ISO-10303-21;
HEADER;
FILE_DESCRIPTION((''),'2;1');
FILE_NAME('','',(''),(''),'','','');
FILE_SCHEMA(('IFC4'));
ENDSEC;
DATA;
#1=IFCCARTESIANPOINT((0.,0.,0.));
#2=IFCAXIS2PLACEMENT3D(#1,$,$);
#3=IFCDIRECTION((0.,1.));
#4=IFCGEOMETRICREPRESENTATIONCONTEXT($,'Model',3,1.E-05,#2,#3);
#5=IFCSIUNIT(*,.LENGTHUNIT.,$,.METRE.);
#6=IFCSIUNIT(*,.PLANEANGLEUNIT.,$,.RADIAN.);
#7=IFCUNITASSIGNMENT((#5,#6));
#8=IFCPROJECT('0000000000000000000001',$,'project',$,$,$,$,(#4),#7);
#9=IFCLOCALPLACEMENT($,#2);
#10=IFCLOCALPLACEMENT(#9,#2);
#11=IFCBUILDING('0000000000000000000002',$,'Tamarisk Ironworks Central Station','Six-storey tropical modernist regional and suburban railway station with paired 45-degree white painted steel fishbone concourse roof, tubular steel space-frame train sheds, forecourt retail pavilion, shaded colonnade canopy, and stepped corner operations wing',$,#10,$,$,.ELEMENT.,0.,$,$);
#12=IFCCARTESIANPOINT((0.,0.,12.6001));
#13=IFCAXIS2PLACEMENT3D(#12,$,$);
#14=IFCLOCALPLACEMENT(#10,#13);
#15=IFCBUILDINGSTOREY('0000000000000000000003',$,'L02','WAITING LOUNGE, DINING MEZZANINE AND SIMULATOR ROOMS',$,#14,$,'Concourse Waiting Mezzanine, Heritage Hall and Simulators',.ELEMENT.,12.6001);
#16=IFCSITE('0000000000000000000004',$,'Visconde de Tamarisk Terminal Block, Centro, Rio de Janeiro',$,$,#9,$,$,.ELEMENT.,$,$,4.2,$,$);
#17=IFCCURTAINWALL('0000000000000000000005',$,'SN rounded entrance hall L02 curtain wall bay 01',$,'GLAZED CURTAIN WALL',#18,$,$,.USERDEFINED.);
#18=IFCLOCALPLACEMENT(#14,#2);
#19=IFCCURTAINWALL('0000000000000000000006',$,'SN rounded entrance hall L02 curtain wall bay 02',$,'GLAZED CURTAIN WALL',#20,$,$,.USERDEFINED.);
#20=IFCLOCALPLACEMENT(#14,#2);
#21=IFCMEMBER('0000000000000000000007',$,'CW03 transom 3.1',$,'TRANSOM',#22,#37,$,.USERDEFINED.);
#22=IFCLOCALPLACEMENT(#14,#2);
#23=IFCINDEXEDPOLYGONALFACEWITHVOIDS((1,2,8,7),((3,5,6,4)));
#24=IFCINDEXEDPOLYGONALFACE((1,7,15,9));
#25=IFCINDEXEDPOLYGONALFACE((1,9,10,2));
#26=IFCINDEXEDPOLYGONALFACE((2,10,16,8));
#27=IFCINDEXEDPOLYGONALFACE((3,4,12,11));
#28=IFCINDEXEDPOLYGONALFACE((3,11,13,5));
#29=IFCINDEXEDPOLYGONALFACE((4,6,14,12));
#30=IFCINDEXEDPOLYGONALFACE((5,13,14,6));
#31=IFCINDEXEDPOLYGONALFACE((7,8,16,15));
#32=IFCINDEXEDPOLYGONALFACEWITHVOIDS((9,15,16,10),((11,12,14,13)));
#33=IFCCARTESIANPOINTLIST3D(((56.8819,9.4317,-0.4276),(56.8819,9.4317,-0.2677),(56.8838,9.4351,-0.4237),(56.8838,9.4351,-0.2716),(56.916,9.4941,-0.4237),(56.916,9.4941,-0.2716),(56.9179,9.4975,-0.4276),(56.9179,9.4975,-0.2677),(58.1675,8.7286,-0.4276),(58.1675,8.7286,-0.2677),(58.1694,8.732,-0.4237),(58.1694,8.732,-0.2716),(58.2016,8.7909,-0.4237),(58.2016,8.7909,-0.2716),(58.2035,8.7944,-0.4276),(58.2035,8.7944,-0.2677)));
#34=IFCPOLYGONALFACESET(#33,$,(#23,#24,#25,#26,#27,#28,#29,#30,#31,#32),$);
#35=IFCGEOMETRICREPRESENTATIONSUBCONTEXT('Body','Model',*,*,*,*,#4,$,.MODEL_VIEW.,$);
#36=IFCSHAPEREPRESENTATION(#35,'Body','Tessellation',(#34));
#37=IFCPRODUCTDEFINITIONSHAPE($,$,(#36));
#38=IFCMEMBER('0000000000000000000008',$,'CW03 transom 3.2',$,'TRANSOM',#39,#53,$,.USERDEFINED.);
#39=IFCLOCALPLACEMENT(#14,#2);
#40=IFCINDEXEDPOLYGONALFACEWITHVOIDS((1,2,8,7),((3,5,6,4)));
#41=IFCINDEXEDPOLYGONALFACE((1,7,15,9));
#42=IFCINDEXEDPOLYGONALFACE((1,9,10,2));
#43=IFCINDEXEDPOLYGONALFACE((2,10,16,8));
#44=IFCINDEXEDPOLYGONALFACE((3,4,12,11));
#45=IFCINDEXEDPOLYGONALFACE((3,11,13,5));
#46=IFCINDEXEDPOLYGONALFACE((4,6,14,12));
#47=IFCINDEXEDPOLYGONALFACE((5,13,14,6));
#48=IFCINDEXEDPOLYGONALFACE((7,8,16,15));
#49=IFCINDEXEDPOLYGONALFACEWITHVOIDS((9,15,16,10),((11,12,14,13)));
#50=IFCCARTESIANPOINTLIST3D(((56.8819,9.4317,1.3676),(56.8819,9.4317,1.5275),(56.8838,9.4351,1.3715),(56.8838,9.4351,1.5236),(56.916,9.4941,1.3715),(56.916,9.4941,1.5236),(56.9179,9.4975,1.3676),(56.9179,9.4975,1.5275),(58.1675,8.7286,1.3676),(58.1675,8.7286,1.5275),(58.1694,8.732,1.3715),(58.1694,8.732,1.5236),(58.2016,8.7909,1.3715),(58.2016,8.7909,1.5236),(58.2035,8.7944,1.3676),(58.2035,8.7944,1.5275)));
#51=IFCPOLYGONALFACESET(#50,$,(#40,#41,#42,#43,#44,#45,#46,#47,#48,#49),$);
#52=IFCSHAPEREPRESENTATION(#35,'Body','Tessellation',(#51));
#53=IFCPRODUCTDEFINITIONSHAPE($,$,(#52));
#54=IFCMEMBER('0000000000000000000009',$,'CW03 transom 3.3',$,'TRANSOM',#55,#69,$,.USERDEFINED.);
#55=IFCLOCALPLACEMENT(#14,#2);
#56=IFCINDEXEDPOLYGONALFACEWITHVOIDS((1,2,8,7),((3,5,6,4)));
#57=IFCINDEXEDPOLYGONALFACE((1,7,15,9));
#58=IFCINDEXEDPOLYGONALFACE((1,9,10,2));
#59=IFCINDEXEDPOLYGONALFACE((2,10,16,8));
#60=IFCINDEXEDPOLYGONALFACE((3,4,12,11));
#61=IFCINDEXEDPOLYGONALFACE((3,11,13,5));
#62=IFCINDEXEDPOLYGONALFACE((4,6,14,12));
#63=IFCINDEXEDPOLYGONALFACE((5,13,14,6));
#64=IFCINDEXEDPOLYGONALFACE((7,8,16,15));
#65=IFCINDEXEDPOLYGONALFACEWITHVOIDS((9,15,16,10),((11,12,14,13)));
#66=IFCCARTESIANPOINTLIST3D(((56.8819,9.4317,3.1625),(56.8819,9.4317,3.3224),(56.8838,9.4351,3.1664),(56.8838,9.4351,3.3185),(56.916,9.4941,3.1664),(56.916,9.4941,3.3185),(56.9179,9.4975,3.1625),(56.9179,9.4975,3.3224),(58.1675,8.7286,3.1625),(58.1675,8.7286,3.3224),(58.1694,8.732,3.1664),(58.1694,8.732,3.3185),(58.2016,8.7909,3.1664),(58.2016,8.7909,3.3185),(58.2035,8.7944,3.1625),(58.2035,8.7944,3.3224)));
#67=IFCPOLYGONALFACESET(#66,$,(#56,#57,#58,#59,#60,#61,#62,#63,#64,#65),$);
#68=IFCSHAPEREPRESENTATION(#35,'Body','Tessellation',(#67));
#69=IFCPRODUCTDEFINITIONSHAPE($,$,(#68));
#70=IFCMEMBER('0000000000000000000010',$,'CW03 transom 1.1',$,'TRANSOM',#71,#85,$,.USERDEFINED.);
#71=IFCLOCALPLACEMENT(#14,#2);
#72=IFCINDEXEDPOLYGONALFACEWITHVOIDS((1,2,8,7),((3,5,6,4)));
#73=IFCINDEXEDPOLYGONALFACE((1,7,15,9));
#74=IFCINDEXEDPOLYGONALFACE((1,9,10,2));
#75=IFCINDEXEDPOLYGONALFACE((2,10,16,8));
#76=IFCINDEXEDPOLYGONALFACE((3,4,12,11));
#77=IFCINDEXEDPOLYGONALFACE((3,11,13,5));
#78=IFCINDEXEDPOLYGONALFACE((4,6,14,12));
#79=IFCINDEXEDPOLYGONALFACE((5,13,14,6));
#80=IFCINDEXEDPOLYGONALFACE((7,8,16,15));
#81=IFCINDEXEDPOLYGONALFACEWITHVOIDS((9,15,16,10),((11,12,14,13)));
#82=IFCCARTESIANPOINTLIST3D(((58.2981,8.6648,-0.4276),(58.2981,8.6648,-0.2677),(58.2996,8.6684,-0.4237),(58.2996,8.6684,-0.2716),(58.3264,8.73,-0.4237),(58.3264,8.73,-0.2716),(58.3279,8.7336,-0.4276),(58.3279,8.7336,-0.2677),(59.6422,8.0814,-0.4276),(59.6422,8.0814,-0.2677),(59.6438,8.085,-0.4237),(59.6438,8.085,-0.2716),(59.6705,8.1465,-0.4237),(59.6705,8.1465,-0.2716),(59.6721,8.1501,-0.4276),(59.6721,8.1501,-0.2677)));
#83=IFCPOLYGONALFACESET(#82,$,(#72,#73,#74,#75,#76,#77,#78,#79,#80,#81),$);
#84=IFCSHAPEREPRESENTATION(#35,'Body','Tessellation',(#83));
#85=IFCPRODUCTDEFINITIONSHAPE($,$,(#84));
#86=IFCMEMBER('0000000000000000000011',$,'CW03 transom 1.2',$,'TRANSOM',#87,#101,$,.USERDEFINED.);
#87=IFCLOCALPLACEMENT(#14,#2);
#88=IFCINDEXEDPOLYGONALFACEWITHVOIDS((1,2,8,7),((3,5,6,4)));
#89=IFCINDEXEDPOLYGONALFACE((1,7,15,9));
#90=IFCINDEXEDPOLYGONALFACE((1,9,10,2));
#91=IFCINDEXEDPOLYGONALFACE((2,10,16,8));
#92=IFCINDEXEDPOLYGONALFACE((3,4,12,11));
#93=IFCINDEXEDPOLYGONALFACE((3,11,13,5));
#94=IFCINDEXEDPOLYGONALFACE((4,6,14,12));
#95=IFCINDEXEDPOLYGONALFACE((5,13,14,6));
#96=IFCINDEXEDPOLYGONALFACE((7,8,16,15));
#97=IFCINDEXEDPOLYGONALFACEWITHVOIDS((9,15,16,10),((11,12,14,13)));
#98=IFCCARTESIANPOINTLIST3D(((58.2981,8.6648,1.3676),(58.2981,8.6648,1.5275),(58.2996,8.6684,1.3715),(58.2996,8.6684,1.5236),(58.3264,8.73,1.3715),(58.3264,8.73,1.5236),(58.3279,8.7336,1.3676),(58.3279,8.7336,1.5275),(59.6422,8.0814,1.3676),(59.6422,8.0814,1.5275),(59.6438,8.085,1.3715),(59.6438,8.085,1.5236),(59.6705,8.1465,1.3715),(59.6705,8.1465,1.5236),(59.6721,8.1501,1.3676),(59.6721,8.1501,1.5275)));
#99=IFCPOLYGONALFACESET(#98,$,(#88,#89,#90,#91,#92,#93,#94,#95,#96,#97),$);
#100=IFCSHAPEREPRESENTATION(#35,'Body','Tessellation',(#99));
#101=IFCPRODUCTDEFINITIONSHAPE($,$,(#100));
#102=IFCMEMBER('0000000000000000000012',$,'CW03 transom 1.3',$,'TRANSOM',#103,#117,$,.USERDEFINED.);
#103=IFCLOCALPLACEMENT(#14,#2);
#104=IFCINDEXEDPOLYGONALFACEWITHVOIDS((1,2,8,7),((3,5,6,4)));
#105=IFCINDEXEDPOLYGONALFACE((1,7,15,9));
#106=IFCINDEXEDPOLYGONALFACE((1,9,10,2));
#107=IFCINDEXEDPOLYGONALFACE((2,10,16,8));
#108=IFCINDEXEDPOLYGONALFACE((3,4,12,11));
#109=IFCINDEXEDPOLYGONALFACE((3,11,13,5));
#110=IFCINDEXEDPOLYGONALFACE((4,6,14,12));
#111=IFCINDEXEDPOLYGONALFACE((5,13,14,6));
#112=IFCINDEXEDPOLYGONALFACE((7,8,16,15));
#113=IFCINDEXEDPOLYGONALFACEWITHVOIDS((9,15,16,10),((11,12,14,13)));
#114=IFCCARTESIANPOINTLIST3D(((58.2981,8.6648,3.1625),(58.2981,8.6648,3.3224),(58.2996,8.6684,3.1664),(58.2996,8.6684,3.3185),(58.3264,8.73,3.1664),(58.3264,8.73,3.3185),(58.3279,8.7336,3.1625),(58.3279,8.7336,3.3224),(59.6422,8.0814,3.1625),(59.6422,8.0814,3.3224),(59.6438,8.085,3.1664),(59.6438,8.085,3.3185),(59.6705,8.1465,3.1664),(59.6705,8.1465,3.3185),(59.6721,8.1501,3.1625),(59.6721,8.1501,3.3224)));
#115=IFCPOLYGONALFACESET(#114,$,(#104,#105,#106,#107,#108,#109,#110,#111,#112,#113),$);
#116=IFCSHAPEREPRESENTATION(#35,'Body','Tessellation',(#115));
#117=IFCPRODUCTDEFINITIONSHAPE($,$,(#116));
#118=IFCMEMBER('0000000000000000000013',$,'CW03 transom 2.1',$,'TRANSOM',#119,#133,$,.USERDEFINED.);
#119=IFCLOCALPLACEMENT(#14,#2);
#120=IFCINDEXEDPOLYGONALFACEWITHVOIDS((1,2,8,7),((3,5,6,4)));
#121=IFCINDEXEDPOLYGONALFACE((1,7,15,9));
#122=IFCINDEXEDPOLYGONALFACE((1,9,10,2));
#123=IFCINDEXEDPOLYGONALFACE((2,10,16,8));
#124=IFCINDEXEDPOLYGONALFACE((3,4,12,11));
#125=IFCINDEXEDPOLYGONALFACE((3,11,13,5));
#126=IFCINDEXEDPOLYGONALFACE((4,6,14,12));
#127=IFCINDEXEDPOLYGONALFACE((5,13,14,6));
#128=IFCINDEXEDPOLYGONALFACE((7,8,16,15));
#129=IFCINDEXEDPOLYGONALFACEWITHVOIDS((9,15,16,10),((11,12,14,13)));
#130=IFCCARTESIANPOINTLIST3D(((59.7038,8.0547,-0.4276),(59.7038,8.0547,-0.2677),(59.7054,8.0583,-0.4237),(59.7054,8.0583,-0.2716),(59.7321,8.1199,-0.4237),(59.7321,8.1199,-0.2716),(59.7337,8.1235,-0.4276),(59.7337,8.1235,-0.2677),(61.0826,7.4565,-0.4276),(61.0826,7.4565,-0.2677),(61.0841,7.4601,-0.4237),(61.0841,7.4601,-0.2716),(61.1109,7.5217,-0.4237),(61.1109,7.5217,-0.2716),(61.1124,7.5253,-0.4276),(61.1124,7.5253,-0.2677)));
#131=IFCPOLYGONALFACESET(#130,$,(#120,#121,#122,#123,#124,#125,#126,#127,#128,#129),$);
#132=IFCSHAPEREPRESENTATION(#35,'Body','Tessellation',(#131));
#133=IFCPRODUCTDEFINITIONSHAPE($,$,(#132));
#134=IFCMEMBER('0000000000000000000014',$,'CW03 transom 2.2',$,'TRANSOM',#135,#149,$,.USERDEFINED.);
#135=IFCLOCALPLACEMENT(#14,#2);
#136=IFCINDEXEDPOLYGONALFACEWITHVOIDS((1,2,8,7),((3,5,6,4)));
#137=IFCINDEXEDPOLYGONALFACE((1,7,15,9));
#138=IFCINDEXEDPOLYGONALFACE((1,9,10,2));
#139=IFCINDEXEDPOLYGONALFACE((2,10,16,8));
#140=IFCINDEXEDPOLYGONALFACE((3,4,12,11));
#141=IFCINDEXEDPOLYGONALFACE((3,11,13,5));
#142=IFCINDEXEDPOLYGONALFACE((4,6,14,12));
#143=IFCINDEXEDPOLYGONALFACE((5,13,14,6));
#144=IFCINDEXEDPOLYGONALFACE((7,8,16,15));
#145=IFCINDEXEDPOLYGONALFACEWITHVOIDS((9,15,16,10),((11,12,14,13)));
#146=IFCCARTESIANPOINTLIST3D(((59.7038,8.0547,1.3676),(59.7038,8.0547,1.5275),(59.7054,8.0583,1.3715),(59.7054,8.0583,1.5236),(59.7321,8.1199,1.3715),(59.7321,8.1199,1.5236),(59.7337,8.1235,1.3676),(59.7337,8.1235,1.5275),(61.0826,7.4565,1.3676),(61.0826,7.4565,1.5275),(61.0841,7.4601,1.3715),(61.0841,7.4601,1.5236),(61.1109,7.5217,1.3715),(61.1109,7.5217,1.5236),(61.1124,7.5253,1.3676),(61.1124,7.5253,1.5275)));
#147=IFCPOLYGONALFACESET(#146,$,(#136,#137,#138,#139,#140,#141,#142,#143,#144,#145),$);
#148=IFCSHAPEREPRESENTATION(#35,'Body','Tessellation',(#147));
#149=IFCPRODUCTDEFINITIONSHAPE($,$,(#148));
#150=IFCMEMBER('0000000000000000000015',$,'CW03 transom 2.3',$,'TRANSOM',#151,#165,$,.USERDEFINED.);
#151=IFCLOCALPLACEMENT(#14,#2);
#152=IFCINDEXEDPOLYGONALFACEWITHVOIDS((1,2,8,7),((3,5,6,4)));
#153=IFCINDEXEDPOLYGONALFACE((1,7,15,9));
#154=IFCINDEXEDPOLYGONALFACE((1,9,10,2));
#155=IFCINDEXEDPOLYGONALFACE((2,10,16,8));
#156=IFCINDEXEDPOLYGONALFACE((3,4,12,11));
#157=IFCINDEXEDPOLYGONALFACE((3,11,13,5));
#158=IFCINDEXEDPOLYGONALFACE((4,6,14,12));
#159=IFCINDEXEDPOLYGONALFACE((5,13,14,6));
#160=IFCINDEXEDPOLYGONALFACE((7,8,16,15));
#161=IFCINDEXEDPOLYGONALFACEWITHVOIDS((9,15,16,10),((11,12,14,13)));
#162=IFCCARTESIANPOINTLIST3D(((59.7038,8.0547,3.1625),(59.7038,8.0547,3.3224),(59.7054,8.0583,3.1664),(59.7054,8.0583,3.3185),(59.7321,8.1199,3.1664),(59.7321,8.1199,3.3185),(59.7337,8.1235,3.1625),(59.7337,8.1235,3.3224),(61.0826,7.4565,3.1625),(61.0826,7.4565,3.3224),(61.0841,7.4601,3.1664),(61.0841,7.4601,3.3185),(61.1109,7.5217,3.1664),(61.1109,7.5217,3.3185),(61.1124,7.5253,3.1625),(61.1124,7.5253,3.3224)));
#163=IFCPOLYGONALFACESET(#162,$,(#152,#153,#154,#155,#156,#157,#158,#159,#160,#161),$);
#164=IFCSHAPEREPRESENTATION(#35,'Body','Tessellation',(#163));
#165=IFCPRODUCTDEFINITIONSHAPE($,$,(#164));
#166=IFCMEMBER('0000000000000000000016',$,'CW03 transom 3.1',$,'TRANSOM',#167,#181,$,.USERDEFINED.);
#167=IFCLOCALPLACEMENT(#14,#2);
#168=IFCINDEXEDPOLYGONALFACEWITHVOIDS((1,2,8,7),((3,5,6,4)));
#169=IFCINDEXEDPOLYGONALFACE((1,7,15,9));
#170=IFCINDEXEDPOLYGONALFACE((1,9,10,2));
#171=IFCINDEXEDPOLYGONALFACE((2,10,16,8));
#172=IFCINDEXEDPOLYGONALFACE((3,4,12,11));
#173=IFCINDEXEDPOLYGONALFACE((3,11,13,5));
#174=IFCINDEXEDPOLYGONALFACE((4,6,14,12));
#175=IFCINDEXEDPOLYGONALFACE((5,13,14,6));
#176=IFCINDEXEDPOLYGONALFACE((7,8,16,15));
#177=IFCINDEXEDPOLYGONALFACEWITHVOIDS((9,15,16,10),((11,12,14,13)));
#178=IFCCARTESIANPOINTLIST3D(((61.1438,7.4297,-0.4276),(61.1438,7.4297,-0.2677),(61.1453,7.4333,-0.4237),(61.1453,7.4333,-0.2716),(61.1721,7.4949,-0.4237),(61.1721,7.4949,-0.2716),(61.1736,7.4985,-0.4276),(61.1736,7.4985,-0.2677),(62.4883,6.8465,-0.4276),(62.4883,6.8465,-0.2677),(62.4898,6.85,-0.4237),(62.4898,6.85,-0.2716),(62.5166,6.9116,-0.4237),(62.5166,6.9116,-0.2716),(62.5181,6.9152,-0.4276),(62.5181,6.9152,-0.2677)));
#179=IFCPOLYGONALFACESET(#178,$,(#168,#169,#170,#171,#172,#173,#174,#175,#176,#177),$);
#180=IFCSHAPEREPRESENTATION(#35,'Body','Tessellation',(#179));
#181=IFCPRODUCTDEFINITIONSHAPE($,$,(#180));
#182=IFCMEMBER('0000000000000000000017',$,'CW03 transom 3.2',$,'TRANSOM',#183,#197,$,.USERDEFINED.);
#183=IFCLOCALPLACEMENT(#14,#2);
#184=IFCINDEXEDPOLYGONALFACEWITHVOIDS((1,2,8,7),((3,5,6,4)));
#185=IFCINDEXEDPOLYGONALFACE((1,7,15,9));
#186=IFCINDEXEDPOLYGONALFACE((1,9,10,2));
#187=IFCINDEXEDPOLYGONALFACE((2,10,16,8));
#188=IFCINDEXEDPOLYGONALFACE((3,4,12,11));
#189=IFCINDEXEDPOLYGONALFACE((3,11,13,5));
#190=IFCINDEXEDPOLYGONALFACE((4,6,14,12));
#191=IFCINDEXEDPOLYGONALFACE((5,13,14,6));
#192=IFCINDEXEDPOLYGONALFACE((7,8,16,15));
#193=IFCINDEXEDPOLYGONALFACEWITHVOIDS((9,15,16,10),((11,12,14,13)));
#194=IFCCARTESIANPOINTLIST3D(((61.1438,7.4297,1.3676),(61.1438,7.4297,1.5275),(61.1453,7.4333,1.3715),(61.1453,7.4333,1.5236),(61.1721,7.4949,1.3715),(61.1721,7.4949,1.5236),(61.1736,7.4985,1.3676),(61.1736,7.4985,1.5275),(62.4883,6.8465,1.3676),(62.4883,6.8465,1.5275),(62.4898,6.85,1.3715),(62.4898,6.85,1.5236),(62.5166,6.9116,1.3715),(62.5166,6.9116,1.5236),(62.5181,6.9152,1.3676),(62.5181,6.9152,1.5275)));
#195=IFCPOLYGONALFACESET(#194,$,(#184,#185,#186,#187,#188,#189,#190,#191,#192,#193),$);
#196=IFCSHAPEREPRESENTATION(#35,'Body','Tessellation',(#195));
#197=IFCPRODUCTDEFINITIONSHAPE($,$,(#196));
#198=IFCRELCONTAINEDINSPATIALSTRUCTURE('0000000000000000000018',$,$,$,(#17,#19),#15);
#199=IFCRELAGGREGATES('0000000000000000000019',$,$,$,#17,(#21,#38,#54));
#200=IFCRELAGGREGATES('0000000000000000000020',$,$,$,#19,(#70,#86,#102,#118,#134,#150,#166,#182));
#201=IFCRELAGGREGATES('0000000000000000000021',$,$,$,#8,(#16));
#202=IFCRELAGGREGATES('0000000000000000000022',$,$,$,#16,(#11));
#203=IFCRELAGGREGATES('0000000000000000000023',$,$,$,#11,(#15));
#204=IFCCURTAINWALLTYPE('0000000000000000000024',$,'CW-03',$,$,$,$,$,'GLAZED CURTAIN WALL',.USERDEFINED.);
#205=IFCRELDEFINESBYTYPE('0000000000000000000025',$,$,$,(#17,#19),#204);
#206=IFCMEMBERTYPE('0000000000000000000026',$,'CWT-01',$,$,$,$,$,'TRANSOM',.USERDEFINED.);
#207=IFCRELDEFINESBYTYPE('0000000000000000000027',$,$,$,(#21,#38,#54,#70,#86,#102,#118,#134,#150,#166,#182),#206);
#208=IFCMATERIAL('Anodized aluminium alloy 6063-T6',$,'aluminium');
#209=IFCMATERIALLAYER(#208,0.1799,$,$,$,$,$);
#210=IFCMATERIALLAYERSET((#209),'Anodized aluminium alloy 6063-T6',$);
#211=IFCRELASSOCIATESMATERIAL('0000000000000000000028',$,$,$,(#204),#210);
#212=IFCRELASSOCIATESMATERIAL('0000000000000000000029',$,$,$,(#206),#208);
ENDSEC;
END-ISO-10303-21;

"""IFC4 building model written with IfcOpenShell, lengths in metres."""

from ifc_helpers import new_model, si_unit, direction, frame, origin, origin_2d, place, context, subcontext, project, spatial, hollow_rectangle, extrude, material, layer, layer_set, material_profile, profile_set, type_object, element, aggregate, save


model = new_model("IFC4")

# Units and contexts
model_context = context("Model", 3, precision=1e-05, world=origin(), true_north=direction((0.0, 1.0)))
body_context = subcontext(model_context, "Body", "Model", "MODEL_VIEW")
ifc_project = project(units=[si_unit("LENGTHUNIT", "METRE"), si_unit("PLANEANGLEUNIT", "RADIAN")], contexts=[model_context])

# Site, building, storey
site_placement = place(None, origin())
site = spatial("IfcSite", under=ifc_project, at=site_placement, Name="Visconde de Tamarisk Terminal Block, Centro, Rio de Janeiro", CompositionType="ELEMENT", RefElevation=4.2)
building_placement = place(site_placement, origin())
building = spatial("IfcBuilding", under=site, at=building_placement, Name="Tamarisk Ironworks Central Station", Description="Six-storey tropical modernist regional and suburban railway station with paired 45-degree white painted steel fishbone concourse roof, tubular steel space-frame train sheds, forecourt retail pavilion, shaded colonnade canopy, and stepped corner operations wing", CompositionType="ELEMENT", ElevationOfRefHeight=0.0)
storey_placement = place(building_placement, frame((0.0, 0.0, 12.6001)))
storey = spatial("IfcBuildingStorey", under=building, at=storey_placement, Name="L02", Description="WAITING LOUNGE, DINING MEZZANINE AND SIMULATOR ROOMS", LongName="Concourse Waiting Mezzanine, Heritage Hall and Simulators", CompositionType="ELEMENT", Elevation=12.6001)

# Curtain walls
ifc_material_1 = material(Name="Anodized aluminium alloy 6063-T6", Category="aluminium")
ifc_layer_1 = layer(ifc_material_1, 0.1799)
ifc_layer_set_1 = layer_set([ifc_layer_1], Name="Anodized aluminium alloy 6063-T6")
curtain_wall_type = type_object("IfcCurtainWallType", Name="CW-03", ElementType="GLAZED CURTAIN WALL", PredefinedType="USERDEFINED", material=ifc_layer_set_1)
curtain_wall_1_placement = place(storey_placement, origin())
curtain_wall_1 = element("IfcCurtainWall", 1, at=curtain_wall_1_placement, inside=storey, type_object=curtain_wall_type, Name="SN rounded entrance hall L02 curtain wall bay 01", ObjectType="GLAZED CURTAIN WALL", PredefinedType="USERDEFINED")
curtain_wall_2_placement = place(storey_placement, origin())
curtain_wall_2 = element("IfcCurtainWall", 2, at=curtain_wall_2_placement, inside=storey, type_object=curtain_wall_type, Name="SN rounded entrance hall L02 curtain wall bay 02", ObjectType="GLAZED CURTAIN WALL", PredefinedType="USERDEFINED")

# Members
ifc_material_profile_1 = material_profile(ifc_material_1, hollow_rectangle(XDim=0.075, YDim=0.1599, WallThickness=0.0039, at=origin_2d()), Name="ALUM 160x75")
ifc_profile_set_1 = profile_set([ifc_material_profile_1], Name="Anodized aluminium alloy 6063-T6")
member_type_1 = type_object("IfcMemberType", Name="CWT-01", ElementType="TRANSOM", PredefinedType="USERDEFINED", material=ifc_profile_set_1)
member_1_placement = place(storey_placement, frame((56.8999, 9.4646, -0.3477), z_axis=(0.87736, -0.479832, 0.0), x_axis=(0.479832, 0.87736, 0.0)))
member_1 = element("IfcMember", 3, at=member_1_placement, type_object=member_type_1, Name="CW03 transom 3.1", ObjectType="TRANSOM", PredefinedType="USERDEFINED", context=body_context, shape_type="SweptSolid", body=[
    extrude(hollow_rectangle(XDim=0.075, YDim=0.1599, WallThickness=0.0039, at=origin_2d()), origin(), (0.0, 0.0, 1.0), 1.4653),
])
member_2_placement = place(storey_placement, frame((56.8999, 9.4646, 1.4475), z_axis=(0.87736, -0.479832, 0.0), x_axis=(0.479832, 0.87736, 0.0)))
member_2 = element("IfcMember", 4, at=member_2_placement, type_object=member_type_1, Name="CW03 transom 3.2", ObjectType="TRANSOM", PredefinedType="USERDEFINED", context=body_context, shape_type="SweptSolid", body=[
    extrude(hollow_rectangle(XDim=0.075, YDim=0.1599, WallThickness=0.0039, at=origin_2d()), origin(), (0.0, 0.0, 1.0), 1.4653),
])
member_3_placement = place(storey_placement, frame((56.8999, 9.4646, 3.2424), z_axis=(0.87736, -0.479832, 0.0), x_axis=(0.479832, 0.87736, 0.0)))
member_3 = element("IfcMember", 5, at=member_3_placement, type_object=member_type_1, Name="CW03 transom 3.3", ObjectType="TRANSOM", PredefinedType="USERDEFINED", context=body_context, shape_type="SweptSolid", body=[
    extrude(hollow_rectangle(XDim=0.075, YDim=0.1599, WallThickness=0.0039, at=origin_2d()), origin(), (0.0, 0.0, 1.0), 1.4653),
])
member_4_placement = place(storey_placement, frame((58.313, 8.6992, -0.3477), z_axis=(0.917308, -0.398178, 0.0), x_axis=(0.398178, 0.917308, 0.0)))
member_4 = element("IfcMember", 6, at=member_4_placement, type_object=member_type_1, Name="CW03 transom 1.1", ObjectType="TRANSOM", PredefinedType="USERDEFINED", context=body_context, shape_type="SweptSolid", body=[
    extrude(hollow_rectangle(XDim=0.075, YDim=0.1599, WallThickness=0.0039, at=origin_2d()), origin(), (0.0, 0.0, 1.0), 1.4653),
])
member_5_placement = place(storey_placement, frame((58.313, 8.6992, 1.4475), z_axis=(0.917308, -0.398178, 0.0), x_axis=(0.398178, 0.917308, 0.0)))
member_5 = element("IfcMember", 7, at=member_5_placement, type_object=member_type_1, Name="CW03 transom 1.2", ObjectType="TRANSOM", PredefinedType="USERDEFINED", context=body_context, shape_type="SweptSolid", body=[
    extrude(hollow_rectangle(XDim=0.075, YDim=0.1599, WallThickness=0.0039, at=origin_2d()), origin(), (0.0, 0.0, 1.0), 1.4653),
])
member_6_placement = place(storey_placement, frame((58.313, 8.6992, 3.2424), z_axis=(0.917308, -0.398178, 0.0), x_axis=(0.398178, 0.917308, 0.0)))
member_6 = element("IfcMember", 8, at=member_6_placement, type_object=member_type_1, Name="CW03 transom 1.3", ObjectType="TRANSOM", PredefinedType="USERDEFINED", context=body_context, shape_type="SweptSolid", body=[
    extrude(hollow_rectangle(XDim=0.075, YDim=0.1599, WallThickness=0.0039, at=origin_2d()), origin(), (0.0, 0.0, 1.0), 1.4653),
])
member_7_placement = place(storey_placement, frame((59.7188, 8.0891, -0.3477), z_axis=(0.91738, -0.398013, 0.0), x_axis=(0.398013, 0.91738, 0.0)))
member_7 = element("IfcMember", 9, at=member_7_placement, type_object=member_type_1, Name="CW03 transom 2.1", ObjectType="TRANSOM", PredefinedType="USERDEFINED", context=body_context, shape_type="SweptSolid", body=[
    extrude(hollow_rectangle(XDim=0.075, YDim=0.1599, WallThickness=0.0039, at=origin_2d()), origin(), (0.0, 0.0, 1.0), 1.5029),
])
member_8_placement = place(storey_placement, frame((59.7188, 8.0891, 1.4475), z_axis=(0.91738, -0.398013, 0.0), x_axis=(0.398013, 0.91738, 0.0)))
member_8 = element("IfcMember", 10, at=member_8_placement, type_object=member_type_1, Name="CW03 transom 2.2", ObjectType="TRANSOM", PredefinedType="USERDEFINED", context=body_context, shape_type="SweptSolid", body=[
    extrude(hollow_rectangle(XDim=0.075, YDim=0.1599, WallThickness=0.0039, at=origin_2d()), origin(), (0.0, 0.0, 1.0), 1.5029),
])
member_9_placement = place(storey_placement, frame((59.7188, 8.0891, 3.2424), z_axis=(0.91738, -0.398013, 0.0), x_axis=(0.398013, 0.91738, 0.0)))
member_9 = element("IfcMember", 11, at=member_9_placement, type_object=member_type_1, Name="CW03 transom 2.3", ObjectType="TRANSOM", PredefinedType="USERDEFINED", context=body_context, shape_type="SweptSolid", body=[
    extrude(hollow_rectangle(XDim=0.075, YDim=0.1599, WallThickness=0.0039, at=origin_2d()), origin(), (0.0, 0.0, 1.0), 1.5029),
])
member_10_placement = place(storey_placement, frame((61.1587, 7.4641, -0.3477), z_axis=(0.917396, -0.397977, 0.0), x_axis=(0.397977, 0.917396, 0.0)))
member_10 = element("IfcMember", 12, at=member_10_placement, type_object=member_type_1, Name="CW03 transom 3.1", ObjectType="TRANSOM", PredefinedType="USERDEFINED", context=body_context, shape_type="SweptSolid", body=[
    extrude(hollow_rectangle(XDim=0.075, YDim=0.1599, WallThickness=0.0039, at=origin_2d()), origin(), (0.0, 0.0, 1.0), 1.4656),
])
member_11_placement = place(storey_placement, frame((61.1587, 7.4641, 1.4475), z_axis=(0.917396, -0.397977, 0.0), x_axis=(0.397977, 0.917396, 0.0)))
member_11 = element("IfcMember", 13, at=member_11_placement, type_object=member_type_1, Name="CW03 transom 3.2", ObjectType="TRANSOM", PredefinedType="USERDEFINED", context=body_context, shape_type="SweptSolid", body=[
    extrude(hollow_rectangle(XDim=0.075, YDim=0.1599, WallThickness=0.0039, at=origin_2d()), origin(), (0.0, 0.0, 1.0), 1.4656),
])

aggregate(curtain_wall_1, [member_1, member_2, member_3])
aggregate(curtain_wall_2, [member_4, member_5, member_6, member_7, member_8, member_9, member_10, member_11])

save(model, "model.ifc")
